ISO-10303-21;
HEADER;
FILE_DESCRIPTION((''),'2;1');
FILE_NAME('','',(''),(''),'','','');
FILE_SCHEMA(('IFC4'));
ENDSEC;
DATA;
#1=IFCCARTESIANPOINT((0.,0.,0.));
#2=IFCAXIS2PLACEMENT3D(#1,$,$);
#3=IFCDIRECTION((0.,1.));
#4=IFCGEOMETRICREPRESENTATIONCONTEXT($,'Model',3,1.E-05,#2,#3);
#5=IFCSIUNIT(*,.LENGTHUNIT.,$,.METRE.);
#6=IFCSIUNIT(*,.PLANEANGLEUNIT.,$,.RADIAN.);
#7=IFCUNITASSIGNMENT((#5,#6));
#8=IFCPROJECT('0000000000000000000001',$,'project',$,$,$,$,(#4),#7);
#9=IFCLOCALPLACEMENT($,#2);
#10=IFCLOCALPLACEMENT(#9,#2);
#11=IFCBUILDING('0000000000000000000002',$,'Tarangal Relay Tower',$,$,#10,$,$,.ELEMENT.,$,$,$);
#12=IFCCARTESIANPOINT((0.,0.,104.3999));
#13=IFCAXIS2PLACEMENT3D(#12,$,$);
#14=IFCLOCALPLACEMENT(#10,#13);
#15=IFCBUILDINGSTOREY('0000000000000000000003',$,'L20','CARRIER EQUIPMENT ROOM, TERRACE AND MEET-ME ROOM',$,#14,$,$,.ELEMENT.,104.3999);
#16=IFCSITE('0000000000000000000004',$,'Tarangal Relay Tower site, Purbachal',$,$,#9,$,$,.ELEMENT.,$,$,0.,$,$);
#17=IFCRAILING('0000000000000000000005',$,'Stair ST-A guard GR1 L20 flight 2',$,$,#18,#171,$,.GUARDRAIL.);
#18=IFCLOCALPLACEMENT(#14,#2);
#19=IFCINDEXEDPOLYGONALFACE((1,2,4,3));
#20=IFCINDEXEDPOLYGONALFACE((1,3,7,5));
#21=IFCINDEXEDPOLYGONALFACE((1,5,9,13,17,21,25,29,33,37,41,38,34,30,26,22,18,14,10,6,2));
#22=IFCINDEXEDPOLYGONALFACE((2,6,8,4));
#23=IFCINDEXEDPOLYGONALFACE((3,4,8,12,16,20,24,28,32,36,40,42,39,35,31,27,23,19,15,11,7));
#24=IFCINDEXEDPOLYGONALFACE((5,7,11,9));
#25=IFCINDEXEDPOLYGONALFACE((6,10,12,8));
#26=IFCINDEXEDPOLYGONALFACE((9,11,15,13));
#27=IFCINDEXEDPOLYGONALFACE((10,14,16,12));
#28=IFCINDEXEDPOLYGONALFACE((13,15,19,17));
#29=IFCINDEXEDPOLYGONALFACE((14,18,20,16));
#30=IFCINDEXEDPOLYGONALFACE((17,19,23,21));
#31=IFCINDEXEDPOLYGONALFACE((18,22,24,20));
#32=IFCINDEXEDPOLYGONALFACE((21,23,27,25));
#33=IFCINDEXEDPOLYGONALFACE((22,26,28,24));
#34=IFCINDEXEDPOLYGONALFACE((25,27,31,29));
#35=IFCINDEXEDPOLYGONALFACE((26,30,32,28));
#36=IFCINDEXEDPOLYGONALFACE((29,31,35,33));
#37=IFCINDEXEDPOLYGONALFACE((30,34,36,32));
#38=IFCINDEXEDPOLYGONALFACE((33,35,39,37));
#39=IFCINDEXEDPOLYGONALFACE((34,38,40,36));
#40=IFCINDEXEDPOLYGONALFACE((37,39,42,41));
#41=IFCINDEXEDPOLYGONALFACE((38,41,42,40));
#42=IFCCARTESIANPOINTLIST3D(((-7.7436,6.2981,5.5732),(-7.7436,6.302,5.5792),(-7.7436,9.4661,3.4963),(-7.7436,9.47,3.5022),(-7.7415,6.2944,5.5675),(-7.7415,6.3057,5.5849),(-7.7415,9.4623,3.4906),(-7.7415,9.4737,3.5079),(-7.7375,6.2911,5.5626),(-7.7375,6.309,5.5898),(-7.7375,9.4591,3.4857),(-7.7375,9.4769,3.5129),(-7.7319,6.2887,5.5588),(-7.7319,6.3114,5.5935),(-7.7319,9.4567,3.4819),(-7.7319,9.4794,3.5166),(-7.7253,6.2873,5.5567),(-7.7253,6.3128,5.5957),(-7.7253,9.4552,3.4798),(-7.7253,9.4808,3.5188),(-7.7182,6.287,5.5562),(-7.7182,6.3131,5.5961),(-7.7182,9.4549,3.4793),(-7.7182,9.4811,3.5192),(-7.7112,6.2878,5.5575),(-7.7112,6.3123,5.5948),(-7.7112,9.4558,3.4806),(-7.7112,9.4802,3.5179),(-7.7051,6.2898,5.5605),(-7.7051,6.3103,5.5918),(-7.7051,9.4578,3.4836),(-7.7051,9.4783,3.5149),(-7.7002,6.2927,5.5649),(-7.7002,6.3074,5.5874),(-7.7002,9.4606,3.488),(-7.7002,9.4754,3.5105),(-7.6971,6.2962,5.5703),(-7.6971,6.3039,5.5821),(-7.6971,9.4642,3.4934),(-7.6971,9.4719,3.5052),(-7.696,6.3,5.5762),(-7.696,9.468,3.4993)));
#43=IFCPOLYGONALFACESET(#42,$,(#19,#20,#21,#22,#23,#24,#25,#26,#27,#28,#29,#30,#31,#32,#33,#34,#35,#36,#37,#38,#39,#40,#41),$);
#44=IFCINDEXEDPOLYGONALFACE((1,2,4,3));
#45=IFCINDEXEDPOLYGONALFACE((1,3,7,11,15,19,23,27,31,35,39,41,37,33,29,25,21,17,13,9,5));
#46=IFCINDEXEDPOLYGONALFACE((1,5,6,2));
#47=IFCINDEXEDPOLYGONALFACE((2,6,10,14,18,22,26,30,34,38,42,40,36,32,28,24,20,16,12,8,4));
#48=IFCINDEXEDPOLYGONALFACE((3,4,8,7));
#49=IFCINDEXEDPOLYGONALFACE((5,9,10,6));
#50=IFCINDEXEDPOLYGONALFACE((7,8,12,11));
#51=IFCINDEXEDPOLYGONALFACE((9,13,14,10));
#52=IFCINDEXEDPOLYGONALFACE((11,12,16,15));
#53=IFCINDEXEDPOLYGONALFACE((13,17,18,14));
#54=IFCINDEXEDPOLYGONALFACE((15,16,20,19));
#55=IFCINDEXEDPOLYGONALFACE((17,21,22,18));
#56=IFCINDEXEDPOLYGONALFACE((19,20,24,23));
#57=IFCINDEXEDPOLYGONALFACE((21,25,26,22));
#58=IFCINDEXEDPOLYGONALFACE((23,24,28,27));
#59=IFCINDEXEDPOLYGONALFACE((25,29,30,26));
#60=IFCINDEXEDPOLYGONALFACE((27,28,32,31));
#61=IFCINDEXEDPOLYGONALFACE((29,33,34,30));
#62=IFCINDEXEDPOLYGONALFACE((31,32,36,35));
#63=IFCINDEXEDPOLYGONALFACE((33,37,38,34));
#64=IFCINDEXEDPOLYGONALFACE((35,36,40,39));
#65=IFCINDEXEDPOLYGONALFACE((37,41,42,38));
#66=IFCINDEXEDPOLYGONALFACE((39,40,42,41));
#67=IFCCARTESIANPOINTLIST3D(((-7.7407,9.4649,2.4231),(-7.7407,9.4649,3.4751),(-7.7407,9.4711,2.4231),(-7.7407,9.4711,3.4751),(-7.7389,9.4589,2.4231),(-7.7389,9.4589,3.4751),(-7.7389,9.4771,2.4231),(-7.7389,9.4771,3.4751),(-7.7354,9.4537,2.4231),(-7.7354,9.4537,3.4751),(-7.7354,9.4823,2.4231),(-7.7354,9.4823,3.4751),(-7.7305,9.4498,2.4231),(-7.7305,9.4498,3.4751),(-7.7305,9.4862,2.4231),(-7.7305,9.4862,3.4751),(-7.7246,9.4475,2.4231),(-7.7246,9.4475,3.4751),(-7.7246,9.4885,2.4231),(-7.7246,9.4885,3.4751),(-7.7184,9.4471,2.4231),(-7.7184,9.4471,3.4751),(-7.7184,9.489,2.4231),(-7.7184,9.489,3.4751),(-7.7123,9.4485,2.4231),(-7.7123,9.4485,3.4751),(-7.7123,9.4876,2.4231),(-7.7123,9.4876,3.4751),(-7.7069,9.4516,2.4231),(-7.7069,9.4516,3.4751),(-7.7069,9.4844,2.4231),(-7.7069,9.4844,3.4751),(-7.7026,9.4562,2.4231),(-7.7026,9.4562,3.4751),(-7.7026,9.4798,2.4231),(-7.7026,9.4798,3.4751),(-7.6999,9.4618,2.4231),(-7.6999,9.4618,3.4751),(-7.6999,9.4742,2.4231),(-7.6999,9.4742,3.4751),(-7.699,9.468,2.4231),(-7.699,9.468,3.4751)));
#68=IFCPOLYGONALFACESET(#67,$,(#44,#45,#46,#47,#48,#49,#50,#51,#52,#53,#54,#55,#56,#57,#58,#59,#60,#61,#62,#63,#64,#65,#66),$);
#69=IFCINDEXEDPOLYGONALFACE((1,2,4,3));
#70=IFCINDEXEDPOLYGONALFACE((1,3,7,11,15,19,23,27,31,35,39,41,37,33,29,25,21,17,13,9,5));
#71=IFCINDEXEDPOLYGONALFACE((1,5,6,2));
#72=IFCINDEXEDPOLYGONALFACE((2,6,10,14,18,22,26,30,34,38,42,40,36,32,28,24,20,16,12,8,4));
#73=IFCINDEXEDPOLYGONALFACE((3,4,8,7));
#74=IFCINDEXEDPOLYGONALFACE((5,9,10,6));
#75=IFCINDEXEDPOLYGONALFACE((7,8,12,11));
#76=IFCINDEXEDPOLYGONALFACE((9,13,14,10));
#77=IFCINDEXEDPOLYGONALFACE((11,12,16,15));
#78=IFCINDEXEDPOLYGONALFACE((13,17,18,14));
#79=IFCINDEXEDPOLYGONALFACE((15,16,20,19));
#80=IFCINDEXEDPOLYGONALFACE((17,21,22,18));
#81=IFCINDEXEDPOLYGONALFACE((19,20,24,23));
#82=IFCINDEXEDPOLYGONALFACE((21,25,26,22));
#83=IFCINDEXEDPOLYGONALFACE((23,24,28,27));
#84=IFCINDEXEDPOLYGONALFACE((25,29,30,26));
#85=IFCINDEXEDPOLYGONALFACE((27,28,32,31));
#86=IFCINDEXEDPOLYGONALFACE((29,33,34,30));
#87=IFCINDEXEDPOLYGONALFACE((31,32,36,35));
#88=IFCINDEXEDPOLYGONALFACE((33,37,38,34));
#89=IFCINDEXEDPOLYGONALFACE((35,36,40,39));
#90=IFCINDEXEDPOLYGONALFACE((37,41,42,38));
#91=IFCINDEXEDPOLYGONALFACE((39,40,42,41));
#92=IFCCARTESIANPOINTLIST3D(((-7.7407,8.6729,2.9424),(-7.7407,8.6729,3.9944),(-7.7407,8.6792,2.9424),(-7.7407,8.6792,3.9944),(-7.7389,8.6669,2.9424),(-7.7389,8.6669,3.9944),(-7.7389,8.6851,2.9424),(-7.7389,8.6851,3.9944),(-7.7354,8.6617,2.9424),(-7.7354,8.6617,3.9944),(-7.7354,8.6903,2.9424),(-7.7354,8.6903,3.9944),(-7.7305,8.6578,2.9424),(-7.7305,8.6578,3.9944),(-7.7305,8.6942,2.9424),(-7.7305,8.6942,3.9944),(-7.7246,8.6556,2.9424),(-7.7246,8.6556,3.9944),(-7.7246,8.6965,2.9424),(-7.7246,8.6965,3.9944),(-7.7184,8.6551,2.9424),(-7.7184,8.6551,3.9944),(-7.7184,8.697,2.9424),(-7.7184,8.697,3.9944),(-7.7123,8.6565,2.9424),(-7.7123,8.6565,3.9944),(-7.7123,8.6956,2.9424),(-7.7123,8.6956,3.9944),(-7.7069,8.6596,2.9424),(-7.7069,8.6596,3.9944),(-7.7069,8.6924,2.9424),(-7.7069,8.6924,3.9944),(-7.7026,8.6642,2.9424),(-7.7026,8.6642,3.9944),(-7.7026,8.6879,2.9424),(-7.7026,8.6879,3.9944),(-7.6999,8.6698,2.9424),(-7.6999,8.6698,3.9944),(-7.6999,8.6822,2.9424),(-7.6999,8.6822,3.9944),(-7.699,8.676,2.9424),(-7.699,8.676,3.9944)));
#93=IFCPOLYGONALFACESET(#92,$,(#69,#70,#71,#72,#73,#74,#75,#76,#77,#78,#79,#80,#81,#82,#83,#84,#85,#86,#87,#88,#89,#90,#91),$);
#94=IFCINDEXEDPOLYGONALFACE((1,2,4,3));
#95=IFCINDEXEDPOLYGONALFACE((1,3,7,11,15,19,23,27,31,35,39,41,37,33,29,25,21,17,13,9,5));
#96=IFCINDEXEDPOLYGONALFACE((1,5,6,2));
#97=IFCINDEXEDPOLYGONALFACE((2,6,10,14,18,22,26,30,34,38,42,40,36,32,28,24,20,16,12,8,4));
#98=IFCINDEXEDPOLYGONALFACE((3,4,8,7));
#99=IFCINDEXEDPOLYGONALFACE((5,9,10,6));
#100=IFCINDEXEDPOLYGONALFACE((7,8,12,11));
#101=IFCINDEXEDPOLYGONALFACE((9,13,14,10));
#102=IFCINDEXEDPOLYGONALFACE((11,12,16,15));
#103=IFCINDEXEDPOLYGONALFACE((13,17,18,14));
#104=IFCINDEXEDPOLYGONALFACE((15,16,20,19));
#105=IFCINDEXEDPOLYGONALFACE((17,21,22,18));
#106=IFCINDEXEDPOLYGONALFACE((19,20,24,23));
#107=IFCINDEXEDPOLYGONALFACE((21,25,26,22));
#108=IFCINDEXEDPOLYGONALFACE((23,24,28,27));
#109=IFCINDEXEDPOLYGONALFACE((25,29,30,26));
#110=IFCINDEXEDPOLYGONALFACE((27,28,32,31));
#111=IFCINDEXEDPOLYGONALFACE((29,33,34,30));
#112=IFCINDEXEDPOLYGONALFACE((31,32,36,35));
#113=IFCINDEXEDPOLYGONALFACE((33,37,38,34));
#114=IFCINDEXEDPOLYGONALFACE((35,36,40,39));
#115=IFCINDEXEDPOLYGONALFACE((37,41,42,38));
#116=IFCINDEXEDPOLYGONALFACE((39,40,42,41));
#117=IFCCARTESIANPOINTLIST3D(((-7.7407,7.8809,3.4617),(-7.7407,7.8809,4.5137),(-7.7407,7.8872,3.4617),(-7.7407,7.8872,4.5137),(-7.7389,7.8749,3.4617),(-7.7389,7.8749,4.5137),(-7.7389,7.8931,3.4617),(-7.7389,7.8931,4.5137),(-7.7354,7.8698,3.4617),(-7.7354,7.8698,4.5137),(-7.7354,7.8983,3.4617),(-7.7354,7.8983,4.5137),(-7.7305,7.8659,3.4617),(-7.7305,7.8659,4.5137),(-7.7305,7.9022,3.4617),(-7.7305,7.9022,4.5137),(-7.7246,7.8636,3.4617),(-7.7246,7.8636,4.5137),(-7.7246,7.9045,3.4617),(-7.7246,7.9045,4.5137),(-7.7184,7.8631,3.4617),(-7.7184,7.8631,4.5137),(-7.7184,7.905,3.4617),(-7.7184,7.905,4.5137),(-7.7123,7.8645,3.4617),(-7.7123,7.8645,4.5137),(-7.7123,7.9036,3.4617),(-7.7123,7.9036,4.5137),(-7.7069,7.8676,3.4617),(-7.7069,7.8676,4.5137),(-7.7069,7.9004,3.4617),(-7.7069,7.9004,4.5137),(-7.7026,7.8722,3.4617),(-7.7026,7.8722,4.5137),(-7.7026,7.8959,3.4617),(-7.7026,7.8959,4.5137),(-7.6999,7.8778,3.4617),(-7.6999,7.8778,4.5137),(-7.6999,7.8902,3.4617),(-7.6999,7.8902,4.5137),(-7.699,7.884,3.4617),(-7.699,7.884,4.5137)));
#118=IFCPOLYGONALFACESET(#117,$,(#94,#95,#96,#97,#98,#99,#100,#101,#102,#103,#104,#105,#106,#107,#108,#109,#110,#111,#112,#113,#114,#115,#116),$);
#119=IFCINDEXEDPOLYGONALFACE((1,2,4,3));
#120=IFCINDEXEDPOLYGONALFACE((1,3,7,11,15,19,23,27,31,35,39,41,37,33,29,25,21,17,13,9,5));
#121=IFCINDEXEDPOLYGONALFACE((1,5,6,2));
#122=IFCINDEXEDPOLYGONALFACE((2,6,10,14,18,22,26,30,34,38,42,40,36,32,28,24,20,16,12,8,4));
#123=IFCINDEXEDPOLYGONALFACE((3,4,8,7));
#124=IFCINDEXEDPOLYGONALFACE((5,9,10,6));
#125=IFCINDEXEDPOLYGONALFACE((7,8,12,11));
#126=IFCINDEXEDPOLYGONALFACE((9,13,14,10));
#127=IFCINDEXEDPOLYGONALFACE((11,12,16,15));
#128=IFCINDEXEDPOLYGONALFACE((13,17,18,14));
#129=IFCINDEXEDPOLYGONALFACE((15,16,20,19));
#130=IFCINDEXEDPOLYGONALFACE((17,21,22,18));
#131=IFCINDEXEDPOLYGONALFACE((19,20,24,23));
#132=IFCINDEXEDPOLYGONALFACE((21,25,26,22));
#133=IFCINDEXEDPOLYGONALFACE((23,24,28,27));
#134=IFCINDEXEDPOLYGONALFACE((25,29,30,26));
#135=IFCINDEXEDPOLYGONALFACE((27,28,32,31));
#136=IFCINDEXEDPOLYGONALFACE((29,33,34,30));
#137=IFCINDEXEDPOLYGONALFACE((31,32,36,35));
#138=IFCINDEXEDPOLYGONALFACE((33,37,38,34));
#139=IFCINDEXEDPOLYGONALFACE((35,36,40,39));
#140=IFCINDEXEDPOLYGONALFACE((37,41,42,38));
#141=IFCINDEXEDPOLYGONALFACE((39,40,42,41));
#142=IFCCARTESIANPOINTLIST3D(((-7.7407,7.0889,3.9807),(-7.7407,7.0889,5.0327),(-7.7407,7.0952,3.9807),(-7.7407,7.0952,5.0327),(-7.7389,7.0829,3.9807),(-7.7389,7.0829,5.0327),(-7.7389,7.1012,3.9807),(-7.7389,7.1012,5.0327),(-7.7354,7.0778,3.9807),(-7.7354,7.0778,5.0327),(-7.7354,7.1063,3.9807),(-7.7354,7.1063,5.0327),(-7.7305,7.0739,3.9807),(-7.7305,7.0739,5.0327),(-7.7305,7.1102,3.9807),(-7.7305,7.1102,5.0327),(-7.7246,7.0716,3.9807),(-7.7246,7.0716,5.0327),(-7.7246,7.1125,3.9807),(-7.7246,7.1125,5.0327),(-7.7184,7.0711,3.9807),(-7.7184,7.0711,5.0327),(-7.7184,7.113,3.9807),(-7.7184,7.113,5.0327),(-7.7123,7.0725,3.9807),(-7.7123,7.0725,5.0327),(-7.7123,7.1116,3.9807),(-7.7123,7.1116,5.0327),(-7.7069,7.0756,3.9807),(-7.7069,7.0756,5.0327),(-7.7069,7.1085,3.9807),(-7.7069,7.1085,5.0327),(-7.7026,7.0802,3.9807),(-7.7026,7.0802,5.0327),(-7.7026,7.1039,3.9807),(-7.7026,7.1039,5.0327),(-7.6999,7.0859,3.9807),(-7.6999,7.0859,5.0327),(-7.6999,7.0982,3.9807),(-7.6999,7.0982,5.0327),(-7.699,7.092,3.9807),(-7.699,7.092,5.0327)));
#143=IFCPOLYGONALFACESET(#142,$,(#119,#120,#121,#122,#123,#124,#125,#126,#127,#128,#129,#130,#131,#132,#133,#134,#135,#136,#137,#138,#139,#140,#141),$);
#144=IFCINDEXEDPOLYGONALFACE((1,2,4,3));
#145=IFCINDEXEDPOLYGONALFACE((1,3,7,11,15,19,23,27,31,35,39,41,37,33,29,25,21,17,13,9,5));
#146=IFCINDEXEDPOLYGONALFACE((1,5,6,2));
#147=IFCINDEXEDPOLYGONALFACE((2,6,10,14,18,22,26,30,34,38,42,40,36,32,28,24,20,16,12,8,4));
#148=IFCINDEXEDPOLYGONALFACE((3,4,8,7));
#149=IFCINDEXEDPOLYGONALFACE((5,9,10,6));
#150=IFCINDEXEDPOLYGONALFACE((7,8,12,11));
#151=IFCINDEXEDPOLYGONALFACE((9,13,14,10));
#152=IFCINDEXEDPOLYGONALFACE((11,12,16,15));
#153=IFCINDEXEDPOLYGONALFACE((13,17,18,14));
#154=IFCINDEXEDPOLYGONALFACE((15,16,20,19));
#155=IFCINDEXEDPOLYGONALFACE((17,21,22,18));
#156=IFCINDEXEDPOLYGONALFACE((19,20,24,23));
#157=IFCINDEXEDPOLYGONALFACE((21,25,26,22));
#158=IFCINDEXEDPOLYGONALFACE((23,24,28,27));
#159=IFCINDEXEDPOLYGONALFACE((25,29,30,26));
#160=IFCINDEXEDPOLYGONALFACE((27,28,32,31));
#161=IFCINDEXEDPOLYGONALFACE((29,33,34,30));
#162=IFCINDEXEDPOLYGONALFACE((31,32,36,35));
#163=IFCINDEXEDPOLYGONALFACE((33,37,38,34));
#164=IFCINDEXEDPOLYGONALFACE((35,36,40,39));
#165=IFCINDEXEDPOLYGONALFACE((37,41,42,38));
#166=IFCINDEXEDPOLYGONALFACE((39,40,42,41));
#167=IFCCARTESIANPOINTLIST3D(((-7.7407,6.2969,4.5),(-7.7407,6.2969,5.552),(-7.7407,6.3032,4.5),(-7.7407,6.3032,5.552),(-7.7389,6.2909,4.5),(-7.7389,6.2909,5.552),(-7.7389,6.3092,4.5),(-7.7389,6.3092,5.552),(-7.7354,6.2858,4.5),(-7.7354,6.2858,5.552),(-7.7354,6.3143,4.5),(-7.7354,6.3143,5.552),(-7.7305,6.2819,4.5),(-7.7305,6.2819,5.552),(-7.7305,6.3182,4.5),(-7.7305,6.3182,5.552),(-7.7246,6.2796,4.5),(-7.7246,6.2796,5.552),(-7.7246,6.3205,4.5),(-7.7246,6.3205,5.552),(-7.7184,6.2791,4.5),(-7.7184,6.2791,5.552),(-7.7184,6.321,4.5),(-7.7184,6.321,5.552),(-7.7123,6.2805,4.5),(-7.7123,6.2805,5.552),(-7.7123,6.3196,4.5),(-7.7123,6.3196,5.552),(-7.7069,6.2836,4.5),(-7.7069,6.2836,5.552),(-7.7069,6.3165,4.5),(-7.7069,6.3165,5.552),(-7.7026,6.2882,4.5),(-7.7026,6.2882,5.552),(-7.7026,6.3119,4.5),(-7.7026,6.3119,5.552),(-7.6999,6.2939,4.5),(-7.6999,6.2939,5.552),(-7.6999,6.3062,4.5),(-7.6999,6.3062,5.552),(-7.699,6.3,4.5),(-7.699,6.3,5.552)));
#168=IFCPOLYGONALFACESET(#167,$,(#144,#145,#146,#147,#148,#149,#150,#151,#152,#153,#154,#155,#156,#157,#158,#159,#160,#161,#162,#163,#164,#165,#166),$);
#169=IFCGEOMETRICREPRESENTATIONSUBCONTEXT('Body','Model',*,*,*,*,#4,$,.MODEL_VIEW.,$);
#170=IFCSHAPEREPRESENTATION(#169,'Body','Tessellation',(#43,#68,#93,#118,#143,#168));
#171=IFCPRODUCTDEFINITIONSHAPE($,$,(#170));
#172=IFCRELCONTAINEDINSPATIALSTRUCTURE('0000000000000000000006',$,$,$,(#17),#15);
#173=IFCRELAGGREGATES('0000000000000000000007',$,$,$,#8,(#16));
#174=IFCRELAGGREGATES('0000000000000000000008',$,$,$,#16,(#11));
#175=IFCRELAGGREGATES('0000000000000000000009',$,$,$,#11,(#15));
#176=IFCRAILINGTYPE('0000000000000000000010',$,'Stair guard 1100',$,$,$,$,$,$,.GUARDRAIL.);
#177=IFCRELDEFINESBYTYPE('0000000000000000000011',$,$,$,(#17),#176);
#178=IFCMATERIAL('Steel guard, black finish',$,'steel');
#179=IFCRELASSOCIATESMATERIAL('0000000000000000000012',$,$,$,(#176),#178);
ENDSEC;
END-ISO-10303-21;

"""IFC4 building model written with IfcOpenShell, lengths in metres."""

from ifc_helpers import new_model, si_unit, direction, frame, origin, origin_2d, place, context, subcontext, project, spatial, circle, extrude, material, type_object, element, save


model = new_model("IFC4")

# Units and contexts
model_context = context("Model", 3, precision=1e-05, world=origin(), true_north=direction((0.0, 1.0)))
body_context = subcontext(model_context, "Body", "Model", "MODEL_VIEW")
ifc_project = project(units=[si_unit("LENGTHUNIT", "METRE"), si_unit("PLANEANGLEUNIT", "RADIAN")], contexts=[model_context])

# Site, building, storey
site_placement = place(None, origin())
site = spatial("IfcSite", under=ifc_project, at=site_placement, Name="Tarangal Relay Tower site, Purbachal", CompositionType="ELEMENT", RefElevation=0.0)
building_placement = place(site_placement, origin())
building = spatial("IfcBuilding", under=site, at=building_placement, Name="Tarangal Relay Tower", CompositionType="ELEMENT")
storey_placement = place(building_placement, frame((0.0, 0.0, 104.3999)))
storey = spatial("IfcBuildingStorey", under=building, at=storey_placement, Name="L20", Description="CARRIER EQUIPMENT ROOM, TERRACE AND MEET-ME ROOM", CompositionType="ELEMENT", Elevation=104.3999)

# Railing
ifc_material_1 = material(Name="Steel guard, black finish", Category="steel")
railing_type_1 = type_object("IfcRailingType", Name="Stair guard 1100", PredefinedType="GUARDRAIL", material=ifc_material_1)
railing_1_placement = place(storey_placement, frame((-7.72, 9.468, 2.4231)))
element("IfcRailing", 1, at=railing_1_placement, inside=storey, type_object=railing_type_1, Name="Stair ST-A guard GR1 L20 flight 2", PredefinedType="GUARDRAIL", context=body_context, shape_type="SweptSolid", body=[
    extrude(circle(Radius=0.0239, at=origin_2d()), frame((0.0, 0.0, 1.0762), z_axis=(0.0, -0.836299, 0.548273), x_axis=(1.0, 0.0, 0.0)), (0.0, 0.0, 1.0), 3.7881),
    extrude(circle(Radius=0.021, at=origin_2d()), origin(), (0.0, 0.0, 1.0), 1.052),
    extrude(circle(Radius=0.021, at=origin_2d()), frame((0.0, -0.792, 0.5193)), (0.0, 0.0, 1.0), 1.052),
    extrude(circle(Radius=0.021, at=origin_2d()), frame((0.0, -1.584, 1.0386)), (0.0, 0.0, 1.0), 1.052),
    extrude(circle(Radius=0.021, at=origin_2d()), frame((0.0, -2.376, 1.5576)), (0.0, 0.0, 1.0), 1.052),
    extrude(circle(Radius=0.021, at=origin_2d()), frame((0.0, -3.168, 2.0769)), (0.0, 0.0, 1.0), 1.052),
])

save(model, "model.ifc")
